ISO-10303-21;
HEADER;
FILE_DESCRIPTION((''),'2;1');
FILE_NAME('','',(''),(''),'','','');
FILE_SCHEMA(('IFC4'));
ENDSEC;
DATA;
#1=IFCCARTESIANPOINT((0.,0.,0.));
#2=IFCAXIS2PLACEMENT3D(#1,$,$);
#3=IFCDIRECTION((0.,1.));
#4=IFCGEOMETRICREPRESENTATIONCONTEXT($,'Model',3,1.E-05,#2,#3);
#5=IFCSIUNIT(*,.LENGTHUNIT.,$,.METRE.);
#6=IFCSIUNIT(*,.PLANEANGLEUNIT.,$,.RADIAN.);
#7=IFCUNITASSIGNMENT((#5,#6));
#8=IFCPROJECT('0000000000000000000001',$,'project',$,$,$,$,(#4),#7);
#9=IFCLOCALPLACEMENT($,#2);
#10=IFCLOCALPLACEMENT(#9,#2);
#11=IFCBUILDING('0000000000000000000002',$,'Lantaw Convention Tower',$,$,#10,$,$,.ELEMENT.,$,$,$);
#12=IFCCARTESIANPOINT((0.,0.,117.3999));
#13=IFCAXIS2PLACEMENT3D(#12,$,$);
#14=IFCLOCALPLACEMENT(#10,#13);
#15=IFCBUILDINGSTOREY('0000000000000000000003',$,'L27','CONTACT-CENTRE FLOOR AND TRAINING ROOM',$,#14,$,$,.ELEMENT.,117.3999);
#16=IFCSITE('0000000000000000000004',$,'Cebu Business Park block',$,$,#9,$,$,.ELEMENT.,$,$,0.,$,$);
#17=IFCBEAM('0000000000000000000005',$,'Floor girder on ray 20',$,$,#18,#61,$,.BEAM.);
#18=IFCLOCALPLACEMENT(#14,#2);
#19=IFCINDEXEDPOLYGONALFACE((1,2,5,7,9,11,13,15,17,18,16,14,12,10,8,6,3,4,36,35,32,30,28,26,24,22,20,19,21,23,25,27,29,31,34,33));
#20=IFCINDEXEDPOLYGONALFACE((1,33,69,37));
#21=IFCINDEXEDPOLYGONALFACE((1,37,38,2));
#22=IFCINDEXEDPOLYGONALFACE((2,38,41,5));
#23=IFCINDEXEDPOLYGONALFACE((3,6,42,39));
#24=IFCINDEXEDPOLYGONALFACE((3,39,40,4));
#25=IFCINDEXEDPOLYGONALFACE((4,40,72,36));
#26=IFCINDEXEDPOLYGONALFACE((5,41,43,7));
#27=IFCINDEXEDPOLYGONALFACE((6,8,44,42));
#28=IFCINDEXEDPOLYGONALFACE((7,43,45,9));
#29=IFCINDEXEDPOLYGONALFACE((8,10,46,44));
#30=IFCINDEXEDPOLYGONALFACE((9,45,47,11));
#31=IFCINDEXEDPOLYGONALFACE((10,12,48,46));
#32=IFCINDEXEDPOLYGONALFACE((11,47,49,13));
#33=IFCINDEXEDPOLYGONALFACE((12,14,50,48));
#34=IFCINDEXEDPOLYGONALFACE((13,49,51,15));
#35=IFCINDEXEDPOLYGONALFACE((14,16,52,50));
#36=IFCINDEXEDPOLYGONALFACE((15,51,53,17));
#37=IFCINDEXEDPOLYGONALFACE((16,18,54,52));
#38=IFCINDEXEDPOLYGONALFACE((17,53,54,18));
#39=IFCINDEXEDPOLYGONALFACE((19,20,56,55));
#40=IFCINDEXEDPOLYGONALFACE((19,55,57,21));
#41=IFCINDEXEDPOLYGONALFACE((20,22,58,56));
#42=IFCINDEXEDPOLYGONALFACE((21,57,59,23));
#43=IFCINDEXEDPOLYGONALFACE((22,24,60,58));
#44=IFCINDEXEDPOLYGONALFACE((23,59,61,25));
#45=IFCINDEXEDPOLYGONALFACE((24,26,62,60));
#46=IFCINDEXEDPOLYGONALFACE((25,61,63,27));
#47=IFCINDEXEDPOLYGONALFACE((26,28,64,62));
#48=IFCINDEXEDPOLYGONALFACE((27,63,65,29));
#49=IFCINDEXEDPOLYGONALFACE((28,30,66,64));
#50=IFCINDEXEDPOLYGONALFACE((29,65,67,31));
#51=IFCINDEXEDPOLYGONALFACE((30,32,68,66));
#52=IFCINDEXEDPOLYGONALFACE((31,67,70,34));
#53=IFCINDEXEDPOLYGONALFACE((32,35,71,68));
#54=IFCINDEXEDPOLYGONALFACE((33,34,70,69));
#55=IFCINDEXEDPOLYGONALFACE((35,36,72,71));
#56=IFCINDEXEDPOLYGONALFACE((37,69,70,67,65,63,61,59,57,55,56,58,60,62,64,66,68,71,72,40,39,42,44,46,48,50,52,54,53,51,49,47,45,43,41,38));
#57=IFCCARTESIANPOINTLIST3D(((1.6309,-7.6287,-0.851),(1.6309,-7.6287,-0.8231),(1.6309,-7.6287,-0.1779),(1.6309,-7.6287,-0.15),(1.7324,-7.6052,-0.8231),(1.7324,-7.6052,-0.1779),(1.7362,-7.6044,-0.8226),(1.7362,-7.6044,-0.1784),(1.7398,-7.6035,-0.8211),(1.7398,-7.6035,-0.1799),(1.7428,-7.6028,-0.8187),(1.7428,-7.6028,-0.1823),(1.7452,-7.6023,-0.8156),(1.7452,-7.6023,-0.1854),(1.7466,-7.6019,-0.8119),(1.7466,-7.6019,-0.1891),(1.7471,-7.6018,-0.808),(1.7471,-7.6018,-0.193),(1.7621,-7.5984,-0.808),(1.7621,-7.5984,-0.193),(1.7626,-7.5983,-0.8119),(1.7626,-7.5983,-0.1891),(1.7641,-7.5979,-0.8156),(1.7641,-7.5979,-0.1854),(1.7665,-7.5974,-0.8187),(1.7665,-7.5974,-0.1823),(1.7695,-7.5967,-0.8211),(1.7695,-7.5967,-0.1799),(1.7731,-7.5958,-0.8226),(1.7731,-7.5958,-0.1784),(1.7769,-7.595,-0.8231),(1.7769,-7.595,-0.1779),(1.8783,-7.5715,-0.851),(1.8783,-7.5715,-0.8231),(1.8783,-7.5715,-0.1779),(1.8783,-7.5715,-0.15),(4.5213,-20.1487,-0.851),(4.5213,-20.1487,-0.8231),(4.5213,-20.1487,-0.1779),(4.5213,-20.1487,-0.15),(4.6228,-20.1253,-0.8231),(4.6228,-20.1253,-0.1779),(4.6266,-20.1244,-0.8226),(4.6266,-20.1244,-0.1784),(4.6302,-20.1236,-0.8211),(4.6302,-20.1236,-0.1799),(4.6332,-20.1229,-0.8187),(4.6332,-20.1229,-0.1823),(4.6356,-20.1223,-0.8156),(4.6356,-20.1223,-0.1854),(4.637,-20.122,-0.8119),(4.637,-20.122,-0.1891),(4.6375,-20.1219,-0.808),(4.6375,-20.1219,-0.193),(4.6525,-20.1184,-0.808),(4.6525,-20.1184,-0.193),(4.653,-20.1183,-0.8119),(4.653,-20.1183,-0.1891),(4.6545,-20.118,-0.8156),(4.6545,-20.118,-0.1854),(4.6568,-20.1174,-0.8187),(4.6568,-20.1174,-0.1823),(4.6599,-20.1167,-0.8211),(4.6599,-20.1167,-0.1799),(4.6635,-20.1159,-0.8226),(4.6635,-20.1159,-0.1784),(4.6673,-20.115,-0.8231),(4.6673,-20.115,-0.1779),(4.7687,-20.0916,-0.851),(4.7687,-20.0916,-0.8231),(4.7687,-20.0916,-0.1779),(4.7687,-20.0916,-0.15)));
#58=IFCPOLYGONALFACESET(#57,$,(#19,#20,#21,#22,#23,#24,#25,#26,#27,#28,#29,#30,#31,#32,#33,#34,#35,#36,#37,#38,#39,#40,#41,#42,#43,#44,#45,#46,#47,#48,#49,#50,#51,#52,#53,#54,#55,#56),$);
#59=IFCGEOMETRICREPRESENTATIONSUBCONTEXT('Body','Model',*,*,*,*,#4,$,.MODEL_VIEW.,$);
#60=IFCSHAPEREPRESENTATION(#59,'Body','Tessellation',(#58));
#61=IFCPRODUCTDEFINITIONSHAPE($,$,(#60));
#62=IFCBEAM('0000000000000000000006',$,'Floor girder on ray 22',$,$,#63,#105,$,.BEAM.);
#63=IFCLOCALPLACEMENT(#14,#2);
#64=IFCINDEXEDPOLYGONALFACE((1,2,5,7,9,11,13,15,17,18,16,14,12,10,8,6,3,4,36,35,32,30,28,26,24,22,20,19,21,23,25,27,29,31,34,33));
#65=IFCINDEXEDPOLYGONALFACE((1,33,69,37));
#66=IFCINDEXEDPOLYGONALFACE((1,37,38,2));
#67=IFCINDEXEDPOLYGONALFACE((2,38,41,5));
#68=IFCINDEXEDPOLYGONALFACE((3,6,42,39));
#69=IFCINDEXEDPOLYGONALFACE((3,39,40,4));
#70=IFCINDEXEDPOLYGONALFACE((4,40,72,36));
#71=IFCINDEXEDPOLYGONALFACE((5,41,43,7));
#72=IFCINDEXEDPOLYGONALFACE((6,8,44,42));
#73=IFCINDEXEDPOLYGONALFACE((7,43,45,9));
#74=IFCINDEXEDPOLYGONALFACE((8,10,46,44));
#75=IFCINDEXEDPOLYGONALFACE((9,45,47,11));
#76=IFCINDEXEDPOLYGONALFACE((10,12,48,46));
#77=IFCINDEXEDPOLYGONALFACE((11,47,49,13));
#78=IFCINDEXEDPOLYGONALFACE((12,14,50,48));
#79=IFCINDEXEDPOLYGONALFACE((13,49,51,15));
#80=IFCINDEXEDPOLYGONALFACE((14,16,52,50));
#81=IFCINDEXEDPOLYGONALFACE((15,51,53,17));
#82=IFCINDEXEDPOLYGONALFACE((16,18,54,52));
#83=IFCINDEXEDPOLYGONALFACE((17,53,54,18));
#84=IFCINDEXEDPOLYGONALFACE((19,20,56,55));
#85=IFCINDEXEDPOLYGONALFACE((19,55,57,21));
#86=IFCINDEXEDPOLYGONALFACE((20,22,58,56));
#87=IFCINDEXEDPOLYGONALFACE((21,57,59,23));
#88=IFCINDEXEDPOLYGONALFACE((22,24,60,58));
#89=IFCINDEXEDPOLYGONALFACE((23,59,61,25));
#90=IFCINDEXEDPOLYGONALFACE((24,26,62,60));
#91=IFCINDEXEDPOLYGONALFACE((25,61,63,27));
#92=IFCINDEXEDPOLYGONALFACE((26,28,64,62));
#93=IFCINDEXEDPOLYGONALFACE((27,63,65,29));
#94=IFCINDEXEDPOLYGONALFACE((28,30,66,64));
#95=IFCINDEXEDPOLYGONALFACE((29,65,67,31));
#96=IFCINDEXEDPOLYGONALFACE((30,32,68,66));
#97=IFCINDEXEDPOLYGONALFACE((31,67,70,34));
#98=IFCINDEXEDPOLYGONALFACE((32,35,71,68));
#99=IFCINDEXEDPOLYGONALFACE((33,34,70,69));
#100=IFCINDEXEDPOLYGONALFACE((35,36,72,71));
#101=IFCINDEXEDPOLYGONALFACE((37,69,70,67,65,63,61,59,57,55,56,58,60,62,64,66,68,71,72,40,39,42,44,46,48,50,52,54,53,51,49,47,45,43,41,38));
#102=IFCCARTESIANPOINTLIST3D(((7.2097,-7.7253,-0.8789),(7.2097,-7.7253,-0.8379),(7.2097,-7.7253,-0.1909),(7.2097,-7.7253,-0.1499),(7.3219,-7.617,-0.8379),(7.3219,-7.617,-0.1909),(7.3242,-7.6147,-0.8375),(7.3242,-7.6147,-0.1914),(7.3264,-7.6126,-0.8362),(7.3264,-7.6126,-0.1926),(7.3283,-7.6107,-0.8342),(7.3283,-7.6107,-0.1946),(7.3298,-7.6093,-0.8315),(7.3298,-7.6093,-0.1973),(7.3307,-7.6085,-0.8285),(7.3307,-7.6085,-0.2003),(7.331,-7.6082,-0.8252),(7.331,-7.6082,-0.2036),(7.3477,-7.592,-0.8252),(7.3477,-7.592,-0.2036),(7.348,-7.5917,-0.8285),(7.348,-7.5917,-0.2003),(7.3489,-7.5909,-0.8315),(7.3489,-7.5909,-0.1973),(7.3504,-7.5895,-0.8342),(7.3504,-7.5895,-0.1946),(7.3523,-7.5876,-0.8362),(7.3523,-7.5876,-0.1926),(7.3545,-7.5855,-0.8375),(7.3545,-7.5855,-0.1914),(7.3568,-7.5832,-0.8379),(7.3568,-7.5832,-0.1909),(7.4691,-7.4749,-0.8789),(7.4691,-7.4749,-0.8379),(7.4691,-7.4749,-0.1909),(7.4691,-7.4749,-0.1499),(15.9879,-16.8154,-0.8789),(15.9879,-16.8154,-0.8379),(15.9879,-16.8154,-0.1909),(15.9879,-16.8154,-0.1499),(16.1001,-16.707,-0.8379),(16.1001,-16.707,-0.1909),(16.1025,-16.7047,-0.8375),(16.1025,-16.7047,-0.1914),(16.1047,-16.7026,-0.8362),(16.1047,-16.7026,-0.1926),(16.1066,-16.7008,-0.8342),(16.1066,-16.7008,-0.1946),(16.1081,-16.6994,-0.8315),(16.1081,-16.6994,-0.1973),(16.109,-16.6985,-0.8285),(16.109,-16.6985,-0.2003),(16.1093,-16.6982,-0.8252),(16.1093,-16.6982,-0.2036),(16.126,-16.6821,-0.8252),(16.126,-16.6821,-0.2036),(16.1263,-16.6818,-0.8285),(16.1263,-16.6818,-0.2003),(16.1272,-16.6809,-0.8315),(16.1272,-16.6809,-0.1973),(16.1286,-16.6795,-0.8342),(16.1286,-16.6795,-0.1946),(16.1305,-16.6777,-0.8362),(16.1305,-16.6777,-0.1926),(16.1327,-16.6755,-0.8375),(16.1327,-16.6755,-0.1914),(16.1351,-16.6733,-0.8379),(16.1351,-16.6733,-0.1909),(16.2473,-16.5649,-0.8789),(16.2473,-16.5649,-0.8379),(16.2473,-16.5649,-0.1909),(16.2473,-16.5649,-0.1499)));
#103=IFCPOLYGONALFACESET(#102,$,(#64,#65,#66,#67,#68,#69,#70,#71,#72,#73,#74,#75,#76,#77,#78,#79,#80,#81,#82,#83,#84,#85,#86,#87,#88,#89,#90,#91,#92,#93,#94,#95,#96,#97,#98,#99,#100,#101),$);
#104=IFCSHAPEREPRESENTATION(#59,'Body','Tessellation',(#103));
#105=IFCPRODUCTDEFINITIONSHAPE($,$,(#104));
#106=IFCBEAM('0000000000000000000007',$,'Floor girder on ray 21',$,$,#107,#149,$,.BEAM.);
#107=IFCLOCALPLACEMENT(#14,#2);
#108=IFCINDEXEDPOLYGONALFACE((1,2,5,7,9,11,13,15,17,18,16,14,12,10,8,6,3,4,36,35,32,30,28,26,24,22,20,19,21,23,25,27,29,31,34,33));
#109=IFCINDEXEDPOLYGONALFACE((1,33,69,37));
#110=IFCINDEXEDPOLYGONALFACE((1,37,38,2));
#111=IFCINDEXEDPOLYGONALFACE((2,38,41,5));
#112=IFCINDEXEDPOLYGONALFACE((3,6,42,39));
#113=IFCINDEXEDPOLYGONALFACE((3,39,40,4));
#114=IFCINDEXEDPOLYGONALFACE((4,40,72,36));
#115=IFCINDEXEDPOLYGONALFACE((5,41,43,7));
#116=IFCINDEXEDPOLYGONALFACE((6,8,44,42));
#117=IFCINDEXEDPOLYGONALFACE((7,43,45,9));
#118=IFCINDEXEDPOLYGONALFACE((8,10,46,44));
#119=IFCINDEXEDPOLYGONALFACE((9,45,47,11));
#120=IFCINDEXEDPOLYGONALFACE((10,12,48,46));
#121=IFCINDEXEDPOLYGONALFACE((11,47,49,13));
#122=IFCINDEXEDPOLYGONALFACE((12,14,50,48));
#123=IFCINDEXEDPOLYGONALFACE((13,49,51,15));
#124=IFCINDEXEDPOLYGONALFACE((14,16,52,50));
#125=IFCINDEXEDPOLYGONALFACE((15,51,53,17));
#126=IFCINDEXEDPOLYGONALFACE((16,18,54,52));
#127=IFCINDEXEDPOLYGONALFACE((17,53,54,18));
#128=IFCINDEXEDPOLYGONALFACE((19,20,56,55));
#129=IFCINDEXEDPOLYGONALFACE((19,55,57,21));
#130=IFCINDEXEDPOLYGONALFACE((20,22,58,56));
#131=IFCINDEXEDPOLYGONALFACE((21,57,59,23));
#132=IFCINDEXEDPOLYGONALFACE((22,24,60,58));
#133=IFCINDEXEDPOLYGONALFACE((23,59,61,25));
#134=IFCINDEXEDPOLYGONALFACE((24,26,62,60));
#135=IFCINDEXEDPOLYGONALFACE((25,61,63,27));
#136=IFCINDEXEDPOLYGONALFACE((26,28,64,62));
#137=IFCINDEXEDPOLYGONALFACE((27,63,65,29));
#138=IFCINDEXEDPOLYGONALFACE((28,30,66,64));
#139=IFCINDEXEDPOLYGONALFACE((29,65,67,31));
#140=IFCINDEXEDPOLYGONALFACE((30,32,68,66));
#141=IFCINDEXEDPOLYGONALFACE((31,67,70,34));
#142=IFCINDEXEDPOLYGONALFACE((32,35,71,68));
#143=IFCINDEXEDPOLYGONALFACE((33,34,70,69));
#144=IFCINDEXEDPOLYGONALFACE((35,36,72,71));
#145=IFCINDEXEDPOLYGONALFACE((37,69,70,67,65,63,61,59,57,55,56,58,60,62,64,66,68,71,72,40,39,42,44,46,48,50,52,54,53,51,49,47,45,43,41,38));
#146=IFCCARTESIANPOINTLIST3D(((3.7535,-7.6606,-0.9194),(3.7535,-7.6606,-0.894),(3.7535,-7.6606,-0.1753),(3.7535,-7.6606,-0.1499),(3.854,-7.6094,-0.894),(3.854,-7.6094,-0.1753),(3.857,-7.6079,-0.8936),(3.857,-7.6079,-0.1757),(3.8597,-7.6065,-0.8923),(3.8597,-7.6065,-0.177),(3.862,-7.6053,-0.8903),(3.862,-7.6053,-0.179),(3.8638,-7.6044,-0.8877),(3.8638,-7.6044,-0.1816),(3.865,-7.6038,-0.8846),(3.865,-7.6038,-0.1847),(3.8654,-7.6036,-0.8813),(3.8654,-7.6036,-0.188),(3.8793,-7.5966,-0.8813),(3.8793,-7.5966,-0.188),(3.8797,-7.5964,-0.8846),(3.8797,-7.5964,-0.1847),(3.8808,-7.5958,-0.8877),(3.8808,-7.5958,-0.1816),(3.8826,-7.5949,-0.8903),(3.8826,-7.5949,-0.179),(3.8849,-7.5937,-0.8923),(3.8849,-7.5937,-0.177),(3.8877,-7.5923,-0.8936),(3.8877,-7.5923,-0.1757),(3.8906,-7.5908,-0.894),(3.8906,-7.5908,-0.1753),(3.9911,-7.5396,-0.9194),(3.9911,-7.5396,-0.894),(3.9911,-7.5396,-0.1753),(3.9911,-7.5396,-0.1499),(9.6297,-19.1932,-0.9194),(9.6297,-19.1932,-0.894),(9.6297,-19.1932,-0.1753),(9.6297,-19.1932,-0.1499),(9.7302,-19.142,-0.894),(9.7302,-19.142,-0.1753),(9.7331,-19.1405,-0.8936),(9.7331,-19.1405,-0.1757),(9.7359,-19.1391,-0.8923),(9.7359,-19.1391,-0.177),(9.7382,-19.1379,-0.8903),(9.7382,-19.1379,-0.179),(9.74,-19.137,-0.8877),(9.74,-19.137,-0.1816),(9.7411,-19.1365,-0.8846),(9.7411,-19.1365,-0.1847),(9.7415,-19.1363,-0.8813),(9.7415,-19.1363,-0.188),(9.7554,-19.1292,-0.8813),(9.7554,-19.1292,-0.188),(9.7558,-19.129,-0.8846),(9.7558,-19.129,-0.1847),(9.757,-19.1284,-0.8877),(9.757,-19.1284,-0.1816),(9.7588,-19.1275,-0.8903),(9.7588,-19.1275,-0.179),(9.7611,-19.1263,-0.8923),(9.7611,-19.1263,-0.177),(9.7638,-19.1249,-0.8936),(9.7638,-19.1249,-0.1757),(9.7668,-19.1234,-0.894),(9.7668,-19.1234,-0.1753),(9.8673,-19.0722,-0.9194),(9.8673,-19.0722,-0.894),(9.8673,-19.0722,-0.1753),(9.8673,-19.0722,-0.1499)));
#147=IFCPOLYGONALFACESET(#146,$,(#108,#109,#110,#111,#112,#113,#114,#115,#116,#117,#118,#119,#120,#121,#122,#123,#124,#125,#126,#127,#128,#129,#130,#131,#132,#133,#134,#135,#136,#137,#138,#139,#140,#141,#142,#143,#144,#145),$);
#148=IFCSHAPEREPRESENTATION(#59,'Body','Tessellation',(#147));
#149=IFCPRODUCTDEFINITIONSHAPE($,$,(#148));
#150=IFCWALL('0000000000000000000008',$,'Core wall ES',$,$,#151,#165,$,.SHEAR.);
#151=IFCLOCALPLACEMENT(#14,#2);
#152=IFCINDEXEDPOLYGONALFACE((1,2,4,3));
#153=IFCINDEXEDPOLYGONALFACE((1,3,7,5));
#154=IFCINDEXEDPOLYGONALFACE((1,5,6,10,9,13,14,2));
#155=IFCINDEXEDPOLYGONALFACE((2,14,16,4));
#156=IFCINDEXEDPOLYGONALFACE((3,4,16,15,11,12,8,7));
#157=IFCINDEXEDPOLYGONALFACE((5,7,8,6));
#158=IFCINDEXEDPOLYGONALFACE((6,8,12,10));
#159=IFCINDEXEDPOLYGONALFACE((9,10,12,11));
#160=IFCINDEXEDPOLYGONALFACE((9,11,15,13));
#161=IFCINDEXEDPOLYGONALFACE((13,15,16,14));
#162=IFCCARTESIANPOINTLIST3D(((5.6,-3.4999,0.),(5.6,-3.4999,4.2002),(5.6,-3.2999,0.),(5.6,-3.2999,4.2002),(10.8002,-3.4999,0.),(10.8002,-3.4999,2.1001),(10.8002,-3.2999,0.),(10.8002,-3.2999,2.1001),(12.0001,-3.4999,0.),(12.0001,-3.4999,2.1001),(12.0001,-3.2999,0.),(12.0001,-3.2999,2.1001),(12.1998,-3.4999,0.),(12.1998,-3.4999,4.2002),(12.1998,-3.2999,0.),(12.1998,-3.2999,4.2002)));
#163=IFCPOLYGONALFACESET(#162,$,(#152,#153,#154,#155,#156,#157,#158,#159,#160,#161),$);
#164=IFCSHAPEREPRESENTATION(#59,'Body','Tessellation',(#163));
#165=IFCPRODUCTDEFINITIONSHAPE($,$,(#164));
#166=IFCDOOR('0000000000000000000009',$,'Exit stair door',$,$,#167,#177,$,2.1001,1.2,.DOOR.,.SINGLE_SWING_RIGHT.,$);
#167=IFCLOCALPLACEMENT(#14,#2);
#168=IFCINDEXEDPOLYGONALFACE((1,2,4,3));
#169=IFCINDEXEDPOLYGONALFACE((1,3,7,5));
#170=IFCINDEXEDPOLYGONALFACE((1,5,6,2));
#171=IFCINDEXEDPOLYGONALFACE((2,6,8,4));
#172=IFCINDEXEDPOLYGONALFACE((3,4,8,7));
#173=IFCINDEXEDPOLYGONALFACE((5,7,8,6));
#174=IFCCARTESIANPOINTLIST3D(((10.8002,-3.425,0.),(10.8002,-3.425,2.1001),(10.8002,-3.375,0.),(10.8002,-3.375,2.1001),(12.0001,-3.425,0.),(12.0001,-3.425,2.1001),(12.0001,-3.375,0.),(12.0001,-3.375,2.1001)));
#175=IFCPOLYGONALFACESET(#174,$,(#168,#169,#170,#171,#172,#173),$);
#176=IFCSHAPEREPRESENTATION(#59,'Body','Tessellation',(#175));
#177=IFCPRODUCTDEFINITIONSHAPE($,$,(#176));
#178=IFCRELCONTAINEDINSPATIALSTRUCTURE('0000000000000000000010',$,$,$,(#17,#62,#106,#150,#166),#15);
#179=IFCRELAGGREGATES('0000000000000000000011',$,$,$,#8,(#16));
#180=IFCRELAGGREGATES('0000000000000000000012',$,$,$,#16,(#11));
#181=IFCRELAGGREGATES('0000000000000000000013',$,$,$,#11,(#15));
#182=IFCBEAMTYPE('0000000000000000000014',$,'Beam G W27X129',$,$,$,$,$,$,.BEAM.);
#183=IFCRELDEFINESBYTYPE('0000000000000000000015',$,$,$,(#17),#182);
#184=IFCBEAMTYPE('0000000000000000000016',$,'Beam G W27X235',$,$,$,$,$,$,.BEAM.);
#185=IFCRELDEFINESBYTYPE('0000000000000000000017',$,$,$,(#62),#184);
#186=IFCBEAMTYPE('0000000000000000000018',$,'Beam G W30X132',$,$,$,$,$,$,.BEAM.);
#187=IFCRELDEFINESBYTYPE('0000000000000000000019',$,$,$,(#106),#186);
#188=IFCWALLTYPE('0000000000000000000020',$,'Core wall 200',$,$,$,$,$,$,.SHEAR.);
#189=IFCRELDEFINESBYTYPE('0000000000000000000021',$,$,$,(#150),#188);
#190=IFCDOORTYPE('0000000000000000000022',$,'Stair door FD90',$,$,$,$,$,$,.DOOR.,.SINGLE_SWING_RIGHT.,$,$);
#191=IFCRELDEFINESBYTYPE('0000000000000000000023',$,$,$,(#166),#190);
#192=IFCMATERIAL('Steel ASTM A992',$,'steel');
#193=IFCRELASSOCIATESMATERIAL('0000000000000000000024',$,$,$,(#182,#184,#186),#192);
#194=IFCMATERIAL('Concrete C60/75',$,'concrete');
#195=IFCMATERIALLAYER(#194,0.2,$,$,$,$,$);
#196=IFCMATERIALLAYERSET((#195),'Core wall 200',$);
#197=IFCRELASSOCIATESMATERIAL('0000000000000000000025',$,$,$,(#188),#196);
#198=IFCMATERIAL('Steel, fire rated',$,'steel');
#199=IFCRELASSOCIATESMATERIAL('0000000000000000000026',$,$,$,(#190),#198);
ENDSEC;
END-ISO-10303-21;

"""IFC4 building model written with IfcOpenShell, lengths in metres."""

from ifc_helpers import new_model, si_unit, direction, frame, frame_2d, origin, origin_2d, place, context, subcontext, project, spatial, rectangle, i_section, extrude, material, layer, layer_set, material_profile, profile_set, type_object, element, fill, save


model = new_model("IFC4")

# Units and contexts
model_context = context("Model", 3, precision=1e-05, world=origin(), true_north=direction((0.0, 1.0)))
body_context = subcontext(model_context, "Body", "Model", "MODEL_VIEW")
ifc_project = project(units=[si_unit("LENGTHUNIT", "METRE"), si_unit("PLANEANGLEUNIT", "RADIAN")], contexts=[model_context])

# Site, building, storey
site_placement = place(None, origin())
site = spatial("IfcSite", under=ifc_project, at=site_placement, Name="Cebu Business Park block", CompositionType="ELEMENT", RefElevation=0.0)
building_placement = place(site_placement, origin())
building = spatial("IfcBuilding", under=site, at=building_placement, Name="Lantaw Convention Tower", CompositionType="ELEMENT")
storey_placement = place(building_placement, frame((0.0, 0.0, 117.3999)))
storey = spatial("IfcBuildingStorey", under=building, at=storey_placement, Name="L27", Description="CONTACT-CENTRE FLOOR AND TRAINING ROOM", CompositionType="ELEMENT", Elevation=117.3999)

# Beams
ifc_material_1 = material(Name="Steel ASTM A992", Category="steel")
ifc_material_profile_1 = material_profile(ifc_material_1, i_section(OverallWidth=0.2539, OverallDepth=0.7009, WebThickness=0.0154, FlangeThickness=0.0278, FilletRadius=0.0151, at=origin_2d()), Name="W27X129")
ifc_profile_set_1 = profile_set([ifc_material_profile_1], Name="Steel ASTM A992")
beam_type_1 = type_object("IfcBeamType", Name="Beam G W27X129", PredefinedType="BEAM", material=ifc_profile_set_1)
beam_1_placement = place(storey_placement, frame((1.7546, -7.6001, -0.5005), z_axis=(0.224944, -0.974372, 0.0), x_axis=(0.974372, 0.224944, 0.0)))
element("IfcBeam", 1, at=beam_1_placement, inside=storey, type_object=beam_type_1, Name="Floor girder on ray 20", PredefinedType="BEAM", context=body_context, shape_type="SweptSolid", body=[
    extrude(i_section(OverallWidth=0.2539, OverallDepth=0.7009, WebThickness=0.0154, FlangeThickness=0.0278, FilletRadius=0.0151, at=origin_2d()), origin(), (0.0, 0.0, 1.0), 12.8494),
])
ifc_material_profile_2 = material_profile(ifc_material_1, i_section(OverallWidth=0.3606, OverallDepth=0.729, WebThickness=0.0232, FlangeThickness=0.041, FilletRadius=0.0127, at=origin_2d()), Name="W27X235")
ifc_profile_set_2 = profile_set([ifc_material_profile_2], Name="Steel ASTM A992")
beam_type_2 = type_object("IfcBeamType", Name="Beam G W27X235", PredefinedType="BEAM", material=ifc_profile_set_2)
beam_2_placement = place(storey_placement, frame((7.3394, -7.6001, -0.5144), z_axis=(0.694663, -0.719335, 0.0), x_axis=(0.719335, 0.694663, 0.0)))
element("IfcBeam", 2, at=beam_2_placement, inside=storey, type_object=beam_type_2, Name="Floor girder on ray 22", PredefinedType="BEAM", context=body_context, shape_type="SweptSolid", body=[
    extrude(i_section(OverallWidth=0.3606, OverallDepth=0.729, WebThickness=0.0232, FlangeThickness=0.041, FilletRadius=0.0127, at=origin_2d()), origin(), (0.0, 0.0, 1.0), 12.6367),
])
ifc_material_profile_3 = material_profile(ifc_material_1, i_section(OverallWidth=0.2666, OverallDepth=0.7695, WebThickness=0.0156, FlangeThickness=0.0254, FilletRadius=0.0127, at=origin_2d()), Name="W30X132")
ifc_profile_set_3 = profile_set([ifc_material_profile_3], Name="Steel ASTM A992")
beam_type_3 = type_object("IfcBeamType", Name="Beam G W30X132", PredefinedType="BEAM", material=ifc_profile_set_3)
beam_3_placement = place(storey_placement, frame((3.8723, -7.6001, -0.5347), z_axis=(0.453991, -0.891006, 0.0), x_axis=(0.891006, 0.453991, 0.0)))
element("IfcBeam", 3, at=beam_3_placement, inside=storey, type_object=beam_type_3, Name="Floor girder on ray 21", PredefinedType="BEAM", context=body_context, shape_type="SweptSolid", body=[
    extrude(i_section(OverallWidth=0.2666, OverallDepth=0.7695, WebThickness=0.0156, FlangeThickness=0.0254, FilletRadius=0.0127, at=origin_2d()), origin(), (0.0, 0.0, 1.0), 12.9434),
])

# Wall, opening, door
ifc_material_2 = material(Name="Concrete C60/75", Category="concrete")
ifc_layer_1 = layer(ifc_material_2, 0.2)
ifc_layer_set_1 = layer_set([ifc_layer_1], Name="Core wall 200")
wall_type_1 = type_object("IfcWallType", Name="Core wall 200", PredefinedType="SHEAR", material=ifc_layer_set_1)
wall_1_placement = place(storey_placement, frame((5.6001, -3.3999, 0.0), z_axis=(0.0, 0.0, 1.0), x_axis=(1.0, 0.0, 0.0)))
wall_1 = element("IfcWall", 4, at=wall_1_placement, inside=storey, type_object=wall_type_1, Name="Core wall ES", PredefinedType="SHEAR", context=body_context, shape_type="SweptSolid", body=[
    extrude(rectangle(XDim=6.5999, YDim=0.2, at=frame_2d((3.2998, 0.0))), origin(), (0.0, 0.0, 1.0), 4.2002),
])
opening_1_placement = place(wall_1_placement, frame((5.2, 0.0, 0.0)))
opening_1 = element("IfcOpeningElement", 5, at=opening_1_placement, cuts=wall_1, PredefinedType="OPENING", context=body_context, shape_type="SweptSolid", body=[
    extrude(rectangle(XDim=1.2, YDim=2.1001, at=frame_2d((0.6001, 1.05))), frame((0.0, 0.1099, 0.0), z_axis=(0.0, -1.0, 0.0), x_axis=(1.0, 0.0, 0.0)), (0.0, 0.0, 1.0), 0.22),
])
ifc_material_3 = material(Name="Steel, fire rated", Category="steel")
door_type_1 = type_object("IfcDoorType", Name="Stair door FD90", OperationType="SINGLE_SWING_RIGHT", PredefinedType="DOOR", material=ifc_material_3)
door_1_placement = place(opening_1_placement, origin())
door_1 = element("IfcDoor", 6, at=door_1_placement, inside=storey, type_object=door_type_1, Name="Exit stair door", OperationType="SINGLE_SWING_RIGHT", OverallHeight=2.1001, OverallWidth=1.2, PredefinedType="DOOR", context=body_context, shape_type="SweptSolid", body=[
    extrude(rectangle(XDim=1.2, YDim=2.1001, at=frame_2d((0.6001, 1.05))), frame((0.0, 0.0249, 0.0), z_axis=(0.0, -1.0, 0.0), x_axis=(1.0, 0.0, 0.0)), (0.0, 0.0, 1.0), 0.05),
])
fill(opening_1, door_1)

save(model, "model.ifc")
